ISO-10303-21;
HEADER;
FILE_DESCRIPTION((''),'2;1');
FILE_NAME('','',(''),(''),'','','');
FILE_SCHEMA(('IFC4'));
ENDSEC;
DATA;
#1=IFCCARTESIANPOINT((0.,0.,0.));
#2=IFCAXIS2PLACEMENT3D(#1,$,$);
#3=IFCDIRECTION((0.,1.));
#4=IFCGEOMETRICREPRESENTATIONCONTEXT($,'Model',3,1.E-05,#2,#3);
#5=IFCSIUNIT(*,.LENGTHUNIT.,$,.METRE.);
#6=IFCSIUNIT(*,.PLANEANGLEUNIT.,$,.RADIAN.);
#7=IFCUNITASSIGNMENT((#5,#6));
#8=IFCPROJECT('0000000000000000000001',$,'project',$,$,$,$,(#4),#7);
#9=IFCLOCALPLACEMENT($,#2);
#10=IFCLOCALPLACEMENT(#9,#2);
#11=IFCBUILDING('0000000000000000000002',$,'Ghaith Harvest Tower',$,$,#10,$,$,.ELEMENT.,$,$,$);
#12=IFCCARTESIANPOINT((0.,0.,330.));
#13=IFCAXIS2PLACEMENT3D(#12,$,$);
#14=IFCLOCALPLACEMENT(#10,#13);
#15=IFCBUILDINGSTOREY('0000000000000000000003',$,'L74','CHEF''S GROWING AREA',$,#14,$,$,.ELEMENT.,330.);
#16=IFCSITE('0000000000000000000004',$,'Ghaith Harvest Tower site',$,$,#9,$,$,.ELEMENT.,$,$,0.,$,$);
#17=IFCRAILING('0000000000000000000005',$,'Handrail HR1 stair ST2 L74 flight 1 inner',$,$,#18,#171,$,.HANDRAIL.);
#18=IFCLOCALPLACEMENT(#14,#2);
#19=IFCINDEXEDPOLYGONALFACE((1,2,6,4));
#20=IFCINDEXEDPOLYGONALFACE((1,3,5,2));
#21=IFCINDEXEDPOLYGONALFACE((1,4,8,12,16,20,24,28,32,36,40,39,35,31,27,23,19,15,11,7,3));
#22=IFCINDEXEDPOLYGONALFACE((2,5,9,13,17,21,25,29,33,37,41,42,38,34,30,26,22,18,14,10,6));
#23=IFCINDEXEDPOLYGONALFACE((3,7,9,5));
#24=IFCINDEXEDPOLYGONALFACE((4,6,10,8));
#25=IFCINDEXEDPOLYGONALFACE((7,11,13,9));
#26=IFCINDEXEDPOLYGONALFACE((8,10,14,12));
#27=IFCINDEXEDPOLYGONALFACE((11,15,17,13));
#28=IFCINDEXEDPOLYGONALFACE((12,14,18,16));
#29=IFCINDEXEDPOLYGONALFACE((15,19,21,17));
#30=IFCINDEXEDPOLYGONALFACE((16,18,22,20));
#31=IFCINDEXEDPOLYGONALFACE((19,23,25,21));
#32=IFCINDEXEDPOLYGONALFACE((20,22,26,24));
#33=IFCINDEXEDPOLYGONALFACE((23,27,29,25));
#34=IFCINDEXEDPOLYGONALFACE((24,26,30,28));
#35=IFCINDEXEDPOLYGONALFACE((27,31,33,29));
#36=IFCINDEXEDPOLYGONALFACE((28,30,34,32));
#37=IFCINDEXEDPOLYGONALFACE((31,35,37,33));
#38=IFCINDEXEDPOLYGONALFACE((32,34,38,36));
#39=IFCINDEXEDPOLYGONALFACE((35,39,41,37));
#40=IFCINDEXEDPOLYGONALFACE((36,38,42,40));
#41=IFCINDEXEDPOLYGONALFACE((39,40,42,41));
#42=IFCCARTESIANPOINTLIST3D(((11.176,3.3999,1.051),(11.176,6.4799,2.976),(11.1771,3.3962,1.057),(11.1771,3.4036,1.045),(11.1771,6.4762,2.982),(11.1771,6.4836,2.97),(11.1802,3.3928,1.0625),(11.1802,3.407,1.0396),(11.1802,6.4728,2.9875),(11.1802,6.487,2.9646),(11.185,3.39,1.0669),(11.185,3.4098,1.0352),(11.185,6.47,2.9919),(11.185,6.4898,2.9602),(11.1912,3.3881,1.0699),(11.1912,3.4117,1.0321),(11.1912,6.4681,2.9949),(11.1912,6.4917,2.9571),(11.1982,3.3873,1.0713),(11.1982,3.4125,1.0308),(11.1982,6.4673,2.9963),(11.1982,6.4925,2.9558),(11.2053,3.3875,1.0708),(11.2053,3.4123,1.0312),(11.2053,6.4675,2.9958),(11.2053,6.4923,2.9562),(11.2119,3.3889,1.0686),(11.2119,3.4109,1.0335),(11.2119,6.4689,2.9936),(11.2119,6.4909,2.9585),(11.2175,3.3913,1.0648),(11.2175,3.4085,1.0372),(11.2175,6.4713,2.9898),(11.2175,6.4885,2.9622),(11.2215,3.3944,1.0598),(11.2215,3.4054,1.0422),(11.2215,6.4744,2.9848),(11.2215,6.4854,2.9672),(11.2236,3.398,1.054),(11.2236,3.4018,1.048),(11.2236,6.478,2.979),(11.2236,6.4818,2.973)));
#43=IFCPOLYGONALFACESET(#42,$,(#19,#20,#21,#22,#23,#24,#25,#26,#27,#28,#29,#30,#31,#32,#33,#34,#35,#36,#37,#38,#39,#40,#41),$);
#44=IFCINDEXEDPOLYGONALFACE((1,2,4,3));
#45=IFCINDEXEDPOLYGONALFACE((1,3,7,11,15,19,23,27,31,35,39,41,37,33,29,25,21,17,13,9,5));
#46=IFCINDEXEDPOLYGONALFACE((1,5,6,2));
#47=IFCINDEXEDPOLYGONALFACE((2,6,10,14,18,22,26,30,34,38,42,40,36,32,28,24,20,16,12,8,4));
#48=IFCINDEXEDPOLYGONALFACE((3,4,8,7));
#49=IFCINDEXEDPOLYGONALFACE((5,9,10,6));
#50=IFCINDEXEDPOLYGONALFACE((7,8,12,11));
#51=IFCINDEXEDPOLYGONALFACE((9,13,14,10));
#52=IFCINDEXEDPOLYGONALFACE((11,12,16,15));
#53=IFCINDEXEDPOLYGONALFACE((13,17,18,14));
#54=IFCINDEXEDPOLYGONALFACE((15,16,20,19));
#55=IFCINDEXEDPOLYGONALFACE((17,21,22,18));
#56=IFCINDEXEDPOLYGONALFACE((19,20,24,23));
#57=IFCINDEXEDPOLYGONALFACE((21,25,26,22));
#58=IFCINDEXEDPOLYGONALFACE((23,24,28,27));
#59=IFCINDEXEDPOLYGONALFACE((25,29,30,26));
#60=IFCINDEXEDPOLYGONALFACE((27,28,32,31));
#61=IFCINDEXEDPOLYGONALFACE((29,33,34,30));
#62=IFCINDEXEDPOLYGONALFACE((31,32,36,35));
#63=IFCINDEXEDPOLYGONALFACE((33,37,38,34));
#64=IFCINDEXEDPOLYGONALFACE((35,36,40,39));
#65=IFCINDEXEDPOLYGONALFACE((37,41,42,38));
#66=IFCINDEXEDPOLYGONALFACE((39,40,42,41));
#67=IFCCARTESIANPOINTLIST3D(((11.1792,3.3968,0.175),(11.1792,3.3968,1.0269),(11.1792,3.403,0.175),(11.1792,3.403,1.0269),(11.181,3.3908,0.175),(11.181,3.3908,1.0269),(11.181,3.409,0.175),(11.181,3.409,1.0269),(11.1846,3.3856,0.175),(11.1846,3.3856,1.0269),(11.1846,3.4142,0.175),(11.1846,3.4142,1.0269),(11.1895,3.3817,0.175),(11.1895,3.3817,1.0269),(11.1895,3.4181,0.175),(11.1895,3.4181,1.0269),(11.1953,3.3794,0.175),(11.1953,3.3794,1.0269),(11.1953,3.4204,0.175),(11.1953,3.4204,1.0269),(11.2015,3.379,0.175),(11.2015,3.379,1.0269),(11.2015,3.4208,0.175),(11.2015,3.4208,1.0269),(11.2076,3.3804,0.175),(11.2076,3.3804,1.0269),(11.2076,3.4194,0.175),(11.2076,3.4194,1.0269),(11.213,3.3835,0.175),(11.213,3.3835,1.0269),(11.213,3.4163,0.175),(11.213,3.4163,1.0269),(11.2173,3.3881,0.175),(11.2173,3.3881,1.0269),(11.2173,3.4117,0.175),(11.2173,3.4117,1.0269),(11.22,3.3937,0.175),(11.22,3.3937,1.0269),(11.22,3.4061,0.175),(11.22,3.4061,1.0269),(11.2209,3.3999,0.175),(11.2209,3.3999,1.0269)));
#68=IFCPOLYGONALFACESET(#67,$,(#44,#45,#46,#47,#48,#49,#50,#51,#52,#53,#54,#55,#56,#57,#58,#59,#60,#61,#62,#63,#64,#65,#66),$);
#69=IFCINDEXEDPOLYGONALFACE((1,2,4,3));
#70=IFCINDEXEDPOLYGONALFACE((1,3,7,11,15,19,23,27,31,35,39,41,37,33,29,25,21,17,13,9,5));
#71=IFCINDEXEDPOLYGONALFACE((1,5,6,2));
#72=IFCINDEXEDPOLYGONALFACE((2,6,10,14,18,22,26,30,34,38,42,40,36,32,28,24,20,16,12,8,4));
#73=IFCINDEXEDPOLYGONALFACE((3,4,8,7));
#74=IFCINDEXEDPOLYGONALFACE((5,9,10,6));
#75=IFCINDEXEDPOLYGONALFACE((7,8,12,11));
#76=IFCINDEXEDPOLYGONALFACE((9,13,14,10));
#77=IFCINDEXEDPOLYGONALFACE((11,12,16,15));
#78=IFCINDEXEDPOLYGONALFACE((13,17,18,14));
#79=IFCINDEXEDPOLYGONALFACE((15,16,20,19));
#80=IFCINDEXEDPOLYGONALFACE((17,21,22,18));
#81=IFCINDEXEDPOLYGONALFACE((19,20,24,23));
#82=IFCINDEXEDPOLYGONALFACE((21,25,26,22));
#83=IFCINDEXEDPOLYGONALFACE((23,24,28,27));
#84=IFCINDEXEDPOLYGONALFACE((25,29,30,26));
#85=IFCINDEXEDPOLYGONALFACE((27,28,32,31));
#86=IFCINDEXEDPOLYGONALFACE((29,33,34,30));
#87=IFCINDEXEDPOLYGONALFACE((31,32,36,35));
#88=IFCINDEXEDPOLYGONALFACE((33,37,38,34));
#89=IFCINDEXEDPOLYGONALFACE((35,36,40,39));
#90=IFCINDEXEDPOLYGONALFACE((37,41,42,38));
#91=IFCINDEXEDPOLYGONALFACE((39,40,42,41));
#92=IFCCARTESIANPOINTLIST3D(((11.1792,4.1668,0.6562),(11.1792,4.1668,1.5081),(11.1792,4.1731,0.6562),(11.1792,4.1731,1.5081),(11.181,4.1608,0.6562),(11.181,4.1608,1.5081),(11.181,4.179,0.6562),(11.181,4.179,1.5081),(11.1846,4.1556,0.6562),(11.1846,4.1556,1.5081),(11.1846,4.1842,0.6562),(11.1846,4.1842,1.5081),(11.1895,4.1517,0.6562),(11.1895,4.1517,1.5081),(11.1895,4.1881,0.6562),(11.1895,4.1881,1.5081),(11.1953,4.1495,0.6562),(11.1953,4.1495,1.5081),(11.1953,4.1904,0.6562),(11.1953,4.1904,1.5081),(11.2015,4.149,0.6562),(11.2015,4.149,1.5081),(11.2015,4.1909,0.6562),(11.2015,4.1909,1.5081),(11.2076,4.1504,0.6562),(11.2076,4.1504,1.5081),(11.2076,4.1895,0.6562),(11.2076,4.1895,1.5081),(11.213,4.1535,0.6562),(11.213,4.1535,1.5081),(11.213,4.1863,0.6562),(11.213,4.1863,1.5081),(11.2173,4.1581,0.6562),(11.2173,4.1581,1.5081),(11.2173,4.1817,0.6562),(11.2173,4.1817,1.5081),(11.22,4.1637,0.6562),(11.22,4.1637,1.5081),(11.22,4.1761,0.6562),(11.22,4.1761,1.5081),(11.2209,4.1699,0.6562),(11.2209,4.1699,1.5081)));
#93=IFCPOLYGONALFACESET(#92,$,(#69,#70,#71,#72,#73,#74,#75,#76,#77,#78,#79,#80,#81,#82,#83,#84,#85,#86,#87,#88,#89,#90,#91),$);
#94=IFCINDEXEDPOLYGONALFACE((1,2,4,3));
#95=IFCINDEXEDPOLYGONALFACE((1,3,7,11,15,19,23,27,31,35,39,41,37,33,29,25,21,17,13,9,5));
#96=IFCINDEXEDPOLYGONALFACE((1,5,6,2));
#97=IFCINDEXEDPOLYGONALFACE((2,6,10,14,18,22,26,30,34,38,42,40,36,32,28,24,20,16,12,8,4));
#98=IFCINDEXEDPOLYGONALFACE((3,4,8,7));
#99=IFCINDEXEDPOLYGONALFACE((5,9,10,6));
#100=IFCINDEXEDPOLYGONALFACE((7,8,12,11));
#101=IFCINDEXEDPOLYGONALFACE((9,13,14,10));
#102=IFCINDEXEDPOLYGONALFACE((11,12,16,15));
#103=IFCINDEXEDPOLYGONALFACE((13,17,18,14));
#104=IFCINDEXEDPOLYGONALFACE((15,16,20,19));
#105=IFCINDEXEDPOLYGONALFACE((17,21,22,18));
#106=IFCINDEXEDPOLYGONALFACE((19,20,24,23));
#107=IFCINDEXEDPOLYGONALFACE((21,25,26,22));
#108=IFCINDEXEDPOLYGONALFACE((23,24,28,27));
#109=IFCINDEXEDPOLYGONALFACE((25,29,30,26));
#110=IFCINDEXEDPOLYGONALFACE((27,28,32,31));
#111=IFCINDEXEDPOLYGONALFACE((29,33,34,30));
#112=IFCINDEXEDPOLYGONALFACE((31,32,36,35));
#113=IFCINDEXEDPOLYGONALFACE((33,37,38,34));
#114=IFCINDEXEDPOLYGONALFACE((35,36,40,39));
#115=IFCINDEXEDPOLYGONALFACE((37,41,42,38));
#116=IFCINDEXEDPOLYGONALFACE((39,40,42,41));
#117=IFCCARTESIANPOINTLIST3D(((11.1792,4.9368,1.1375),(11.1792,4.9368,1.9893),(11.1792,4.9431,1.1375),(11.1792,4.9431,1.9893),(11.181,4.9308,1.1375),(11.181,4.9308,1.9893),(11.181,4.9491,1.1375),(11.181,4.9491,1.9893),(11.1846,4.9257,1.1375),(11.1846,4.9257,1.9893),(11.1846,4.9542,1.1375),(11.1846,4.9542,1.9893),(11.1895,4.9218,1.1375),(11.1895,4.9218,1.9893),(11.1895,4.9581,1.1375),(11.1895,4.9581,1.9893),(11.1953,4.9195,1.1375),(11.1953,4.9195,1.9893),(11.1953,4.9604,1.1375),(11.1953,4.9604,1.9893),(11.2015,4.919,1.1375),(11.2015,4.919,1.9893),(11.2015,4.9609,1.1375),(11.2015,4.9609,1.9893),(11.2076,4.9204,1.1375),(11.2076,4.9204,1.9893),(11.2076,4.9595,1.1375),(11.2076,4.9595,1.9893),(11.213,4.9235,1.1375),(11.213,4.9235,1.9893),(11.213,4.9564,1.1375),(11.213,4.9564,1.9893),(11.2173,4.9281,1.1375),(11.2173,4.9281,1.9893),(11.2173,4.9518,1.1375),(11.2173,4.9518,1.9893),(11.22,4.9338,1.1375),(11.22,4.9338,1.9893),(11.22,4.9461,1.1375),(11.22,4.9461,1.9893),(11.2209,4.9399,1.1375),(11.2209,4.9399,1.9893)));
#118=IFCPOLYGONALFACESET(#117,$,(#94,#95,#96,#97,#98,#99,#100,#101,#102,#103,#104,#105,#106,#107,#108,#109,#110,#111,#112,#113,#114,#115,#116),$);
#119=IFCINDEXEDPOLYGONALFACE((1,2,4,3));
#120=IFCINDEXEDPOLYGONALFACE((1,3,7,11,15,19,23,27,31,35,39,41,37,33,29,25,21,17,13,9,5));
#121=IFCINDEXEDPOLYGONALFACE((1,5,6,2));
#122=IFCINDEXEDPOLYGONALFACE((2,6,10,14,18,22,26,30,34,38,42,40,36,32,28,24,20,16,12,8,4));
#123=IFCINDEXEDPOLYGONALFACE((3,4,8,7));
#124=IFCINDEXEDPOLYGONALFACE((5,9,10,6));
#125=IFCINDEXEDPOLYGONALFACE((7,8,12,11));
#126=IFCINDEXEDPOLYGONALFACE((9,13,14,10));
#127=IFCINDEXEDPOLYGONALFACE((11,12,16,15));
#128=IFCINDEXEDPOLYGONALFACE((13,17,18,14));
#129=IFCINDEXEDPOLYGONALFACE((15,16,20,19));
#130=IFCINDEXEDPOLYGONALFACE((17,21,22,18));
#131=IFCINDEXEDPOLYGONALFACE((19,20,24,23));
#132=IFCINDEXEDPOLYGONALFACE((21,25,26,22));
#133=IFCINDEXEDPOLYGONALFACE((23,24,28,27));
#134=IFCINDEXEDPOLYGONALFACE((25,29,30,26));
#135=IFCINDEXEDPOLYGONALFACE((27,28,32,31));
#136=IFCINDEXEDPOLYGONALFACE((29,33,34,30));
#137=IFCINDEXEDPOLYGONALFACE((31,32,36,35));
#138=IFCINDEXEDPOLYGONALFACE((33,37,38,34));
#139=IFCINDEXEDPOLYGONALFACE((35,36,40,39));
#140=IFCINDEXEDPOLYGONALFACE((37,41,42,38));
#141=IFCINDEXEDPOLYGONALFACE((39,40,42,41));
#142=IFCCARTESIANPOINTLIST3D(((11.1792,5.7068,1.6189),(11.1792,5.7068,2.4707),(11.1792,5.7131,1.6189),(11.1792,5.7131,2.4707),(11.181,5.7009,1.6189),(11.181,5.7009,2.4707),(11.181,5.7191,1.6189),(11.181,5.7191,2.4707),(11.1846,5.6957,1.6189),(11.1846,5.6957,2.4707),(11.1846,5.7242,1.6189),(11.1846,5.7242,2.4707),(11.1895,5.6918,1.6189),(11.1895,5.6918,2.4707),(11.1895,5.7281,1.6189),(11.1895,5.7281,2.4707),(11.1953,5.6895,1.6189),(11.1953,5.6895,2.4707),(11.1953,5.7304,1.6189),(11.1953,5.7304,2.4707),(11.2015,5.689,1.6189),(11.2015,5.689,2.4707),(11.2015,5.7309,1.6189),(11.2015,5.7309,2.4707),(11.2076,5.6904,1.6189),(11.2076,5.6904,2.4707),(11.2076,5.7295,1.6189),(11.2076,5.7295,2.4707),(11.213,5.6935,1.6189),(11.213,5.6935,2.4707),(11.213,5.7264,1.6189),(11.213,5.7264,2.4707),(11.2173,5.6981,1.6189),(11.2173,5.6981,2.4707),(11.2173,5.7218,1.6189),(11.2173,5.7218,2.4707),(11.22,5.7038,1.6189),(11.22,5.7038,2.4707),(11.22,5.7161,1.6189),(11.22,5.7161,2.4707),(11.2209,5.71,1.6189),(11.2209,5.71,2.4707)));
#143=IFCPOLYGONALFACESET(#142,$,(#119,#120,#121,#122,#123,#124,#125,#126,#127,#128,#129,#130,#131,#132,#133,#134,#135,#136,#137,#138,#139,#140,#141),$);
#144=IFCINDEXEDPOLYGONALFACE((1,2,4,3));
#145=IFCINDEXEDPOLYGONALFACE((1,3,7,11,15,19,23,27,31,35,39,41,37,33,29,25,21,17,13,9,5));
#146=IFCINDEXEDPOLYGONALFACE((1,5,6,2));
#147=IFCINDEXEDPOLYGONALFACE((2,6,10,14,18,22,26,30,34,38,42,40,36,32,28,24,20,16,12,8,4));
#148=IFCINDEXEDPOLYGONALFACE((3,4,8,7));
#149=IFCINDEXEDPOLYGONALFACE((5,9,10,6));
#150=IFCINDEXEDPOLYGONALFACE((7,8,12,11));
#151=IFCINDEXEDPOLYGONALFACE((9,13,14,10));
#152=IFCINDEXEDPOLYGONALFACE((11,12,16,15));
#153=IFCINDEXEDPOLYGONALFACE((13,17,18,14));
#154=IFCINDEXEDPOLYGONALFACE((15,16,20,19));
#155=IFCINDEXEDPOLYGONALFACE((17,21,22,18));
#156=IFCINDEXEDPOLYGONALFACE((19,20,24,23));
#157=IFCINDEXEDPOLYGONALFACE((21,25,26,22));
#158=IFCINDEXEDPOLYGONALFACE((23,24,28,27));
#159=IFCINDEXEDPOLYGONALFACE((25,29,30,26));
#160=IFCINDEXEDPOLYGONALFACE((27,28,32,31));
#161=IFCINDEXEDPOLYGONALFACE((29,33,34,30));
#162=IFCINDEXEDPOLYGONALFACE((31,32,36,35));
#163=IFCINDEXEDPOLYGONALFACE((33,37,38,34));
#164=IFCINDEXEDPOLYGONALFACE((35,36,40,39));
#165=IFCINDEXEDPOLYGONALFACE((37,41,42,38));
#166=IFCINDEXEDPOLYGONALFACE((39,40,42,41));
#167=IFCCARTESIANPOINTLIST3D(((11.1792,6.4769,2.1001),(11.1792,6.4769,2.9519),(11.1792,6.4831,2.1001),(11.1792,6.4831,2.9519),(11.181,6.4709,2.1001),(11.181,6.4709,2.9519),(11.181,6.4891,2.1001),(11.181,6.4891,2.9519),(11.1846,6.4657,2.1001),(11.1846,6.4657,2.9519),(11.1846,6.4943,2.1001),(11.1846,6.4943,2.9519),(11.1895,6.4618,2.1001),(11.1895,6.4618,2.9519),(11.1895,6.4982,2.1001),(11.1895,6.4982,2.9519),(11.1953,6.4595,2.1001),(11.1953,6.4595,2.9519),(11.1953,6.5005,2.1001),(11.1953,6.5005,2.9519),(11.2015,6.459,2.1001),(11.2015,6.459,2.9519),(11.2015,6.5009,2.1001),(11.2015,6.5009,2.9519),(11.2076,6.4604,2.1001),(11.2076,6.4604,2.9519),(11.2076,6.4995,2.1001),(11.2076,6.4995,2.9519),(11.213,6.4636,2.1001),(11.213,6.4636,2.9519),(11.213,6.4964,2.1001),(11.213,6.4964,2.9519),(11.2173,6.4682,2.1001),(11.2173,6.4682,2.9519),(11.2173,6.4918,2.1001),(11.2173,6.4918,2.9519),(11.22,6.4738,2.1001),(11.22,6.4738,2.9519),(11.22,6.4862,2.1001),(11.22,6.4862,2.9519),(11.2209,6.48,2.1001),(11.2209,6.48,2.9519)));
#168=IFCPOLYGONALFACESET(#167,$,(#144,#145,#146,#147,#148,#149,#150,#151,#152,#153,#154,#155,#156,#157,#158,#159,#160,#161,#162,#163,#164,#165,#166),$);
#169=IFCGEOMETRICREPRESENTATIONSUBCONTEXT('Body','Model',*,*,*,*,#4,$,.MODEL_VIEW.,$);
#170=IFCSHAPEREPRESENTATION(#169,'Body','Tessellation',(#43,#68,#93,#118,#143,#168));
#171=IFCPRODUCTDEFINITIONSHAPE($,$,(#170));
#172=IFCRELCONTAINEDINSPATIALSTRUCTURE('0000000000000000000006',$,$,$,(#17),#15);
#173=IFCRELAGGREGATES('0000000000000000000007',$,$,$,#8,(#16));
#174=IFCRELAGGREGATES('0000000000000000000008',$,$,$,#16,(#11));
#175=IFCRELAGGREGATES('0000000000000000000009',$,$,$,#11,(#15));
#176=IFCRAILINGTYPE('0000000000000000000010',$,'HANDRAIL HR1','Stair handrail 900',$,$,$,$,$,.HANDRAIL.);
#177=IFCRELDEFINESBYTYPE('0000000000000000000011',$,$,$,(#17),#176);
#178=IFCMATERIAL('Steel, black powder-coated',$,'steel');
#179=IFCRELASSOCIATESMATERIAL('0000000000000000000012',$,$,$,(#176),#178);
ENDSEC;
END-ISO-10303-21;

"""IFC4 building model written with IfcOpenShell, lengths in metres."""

from ifc_helpers import new_model, si_unit, direction, frame, origin, origin_2d, place, context, subcontext, project, spatial, circle, extrude, material, type_object, element, save


model = new_model("IFC4")

# Units and contexts
model_context = context("Model", 3, precision=1e-05, world=origin(), true_north=direction((0.0, 1.0)))
body_context = subcontext(model_context, "Body", "Model", "MODEL_VIEW")
ifc_project = project(units=[si_unit("LENGTHUNIT", "METRE"), si_unit("PLANEANGLEUNIT", "RADIAN")], contexts=[model_context])

# Site, building, storey
site_placement = place(None, origin())
site = spatial("IfcSite", under=ifc_project, at=site_placement, Name="Ghaith Harvest Tower site", CompositionType="ELEMENT", RefElevation=0.0)
building_placement = place(site_placement, origin())
building = spatial("IfcBuilding", under=site, at=building_placement, Name="Ghaith Harvest Tower", CompositionType="ELEMENT")
storey_placement = place(building_placement, frame((0.0, 0.0, 330.0)))
storey = spatial("IfcBuildingStorey", under=building, at=storey_placement, Name="L74", Description="CHEF'S GROWING AREA", CompositionType="ELEMENT", Elevation=330.0)

# Railing
ifc_material_1 = material(Name="Steel, black powder-coated", Category="steel")
railing_type = type_object("IfcRailingType", Name="HANDRAIL HR1", Description="Stair handrail 900", PredefinedType="HANDRAIL", material=ifc_material_1)
railing_1_placement = place(storey_placement, frame((11.2, 3.3999, 0.175)))
element("IfcRailing", 1, at=railing_1_placement, inside=storey, type_object=railing_type, Name="Handrail HR1 stair ST2 L74 flight 1 inner", PredefinedType="HANDRAIL", context=body_context, shape_type="SweptSolid", body=[
    extrude(circle(Radius=0.0239, at=origin_2d()), frame((0.0, 0.0, 0.876), z_axis=(0.0, 0.847998, 0.529999), x_axis=(-1.0, 0.0, 0.0)), (0.0, 0.0, 1.0), 3.6321),
    extrude(circle(Radius=0.021, at=origin_2d()), origin(), (0.0, 0.0, 1.0), 0.8518),
    extrude(circle(Radius=0.021, at=origin_2d()), frame((0.0, 0.77, 0.4812)), (0.0, 0.0, 1.0), 0.8518),
    extrude(circle(Radius=0.021, at=origin_2d()), frame((0.0, 1.54, 0.9624)), (0.0, 0.0, 1.0), 0.8518),
    extrude(circle(Radius=0.021, at=origin_2d()), frame((0.0, 2.3101, 1.4438)), (0.0, 0.0, 1.0), 0.8518),
    extrude(circle(Radius=0.021, at=origin_2d()), frame((0.0, 3.0801, 1.925)), (0.0, 0.0, 1.0), 0.8518),
])

save(model, "model.ifc")
